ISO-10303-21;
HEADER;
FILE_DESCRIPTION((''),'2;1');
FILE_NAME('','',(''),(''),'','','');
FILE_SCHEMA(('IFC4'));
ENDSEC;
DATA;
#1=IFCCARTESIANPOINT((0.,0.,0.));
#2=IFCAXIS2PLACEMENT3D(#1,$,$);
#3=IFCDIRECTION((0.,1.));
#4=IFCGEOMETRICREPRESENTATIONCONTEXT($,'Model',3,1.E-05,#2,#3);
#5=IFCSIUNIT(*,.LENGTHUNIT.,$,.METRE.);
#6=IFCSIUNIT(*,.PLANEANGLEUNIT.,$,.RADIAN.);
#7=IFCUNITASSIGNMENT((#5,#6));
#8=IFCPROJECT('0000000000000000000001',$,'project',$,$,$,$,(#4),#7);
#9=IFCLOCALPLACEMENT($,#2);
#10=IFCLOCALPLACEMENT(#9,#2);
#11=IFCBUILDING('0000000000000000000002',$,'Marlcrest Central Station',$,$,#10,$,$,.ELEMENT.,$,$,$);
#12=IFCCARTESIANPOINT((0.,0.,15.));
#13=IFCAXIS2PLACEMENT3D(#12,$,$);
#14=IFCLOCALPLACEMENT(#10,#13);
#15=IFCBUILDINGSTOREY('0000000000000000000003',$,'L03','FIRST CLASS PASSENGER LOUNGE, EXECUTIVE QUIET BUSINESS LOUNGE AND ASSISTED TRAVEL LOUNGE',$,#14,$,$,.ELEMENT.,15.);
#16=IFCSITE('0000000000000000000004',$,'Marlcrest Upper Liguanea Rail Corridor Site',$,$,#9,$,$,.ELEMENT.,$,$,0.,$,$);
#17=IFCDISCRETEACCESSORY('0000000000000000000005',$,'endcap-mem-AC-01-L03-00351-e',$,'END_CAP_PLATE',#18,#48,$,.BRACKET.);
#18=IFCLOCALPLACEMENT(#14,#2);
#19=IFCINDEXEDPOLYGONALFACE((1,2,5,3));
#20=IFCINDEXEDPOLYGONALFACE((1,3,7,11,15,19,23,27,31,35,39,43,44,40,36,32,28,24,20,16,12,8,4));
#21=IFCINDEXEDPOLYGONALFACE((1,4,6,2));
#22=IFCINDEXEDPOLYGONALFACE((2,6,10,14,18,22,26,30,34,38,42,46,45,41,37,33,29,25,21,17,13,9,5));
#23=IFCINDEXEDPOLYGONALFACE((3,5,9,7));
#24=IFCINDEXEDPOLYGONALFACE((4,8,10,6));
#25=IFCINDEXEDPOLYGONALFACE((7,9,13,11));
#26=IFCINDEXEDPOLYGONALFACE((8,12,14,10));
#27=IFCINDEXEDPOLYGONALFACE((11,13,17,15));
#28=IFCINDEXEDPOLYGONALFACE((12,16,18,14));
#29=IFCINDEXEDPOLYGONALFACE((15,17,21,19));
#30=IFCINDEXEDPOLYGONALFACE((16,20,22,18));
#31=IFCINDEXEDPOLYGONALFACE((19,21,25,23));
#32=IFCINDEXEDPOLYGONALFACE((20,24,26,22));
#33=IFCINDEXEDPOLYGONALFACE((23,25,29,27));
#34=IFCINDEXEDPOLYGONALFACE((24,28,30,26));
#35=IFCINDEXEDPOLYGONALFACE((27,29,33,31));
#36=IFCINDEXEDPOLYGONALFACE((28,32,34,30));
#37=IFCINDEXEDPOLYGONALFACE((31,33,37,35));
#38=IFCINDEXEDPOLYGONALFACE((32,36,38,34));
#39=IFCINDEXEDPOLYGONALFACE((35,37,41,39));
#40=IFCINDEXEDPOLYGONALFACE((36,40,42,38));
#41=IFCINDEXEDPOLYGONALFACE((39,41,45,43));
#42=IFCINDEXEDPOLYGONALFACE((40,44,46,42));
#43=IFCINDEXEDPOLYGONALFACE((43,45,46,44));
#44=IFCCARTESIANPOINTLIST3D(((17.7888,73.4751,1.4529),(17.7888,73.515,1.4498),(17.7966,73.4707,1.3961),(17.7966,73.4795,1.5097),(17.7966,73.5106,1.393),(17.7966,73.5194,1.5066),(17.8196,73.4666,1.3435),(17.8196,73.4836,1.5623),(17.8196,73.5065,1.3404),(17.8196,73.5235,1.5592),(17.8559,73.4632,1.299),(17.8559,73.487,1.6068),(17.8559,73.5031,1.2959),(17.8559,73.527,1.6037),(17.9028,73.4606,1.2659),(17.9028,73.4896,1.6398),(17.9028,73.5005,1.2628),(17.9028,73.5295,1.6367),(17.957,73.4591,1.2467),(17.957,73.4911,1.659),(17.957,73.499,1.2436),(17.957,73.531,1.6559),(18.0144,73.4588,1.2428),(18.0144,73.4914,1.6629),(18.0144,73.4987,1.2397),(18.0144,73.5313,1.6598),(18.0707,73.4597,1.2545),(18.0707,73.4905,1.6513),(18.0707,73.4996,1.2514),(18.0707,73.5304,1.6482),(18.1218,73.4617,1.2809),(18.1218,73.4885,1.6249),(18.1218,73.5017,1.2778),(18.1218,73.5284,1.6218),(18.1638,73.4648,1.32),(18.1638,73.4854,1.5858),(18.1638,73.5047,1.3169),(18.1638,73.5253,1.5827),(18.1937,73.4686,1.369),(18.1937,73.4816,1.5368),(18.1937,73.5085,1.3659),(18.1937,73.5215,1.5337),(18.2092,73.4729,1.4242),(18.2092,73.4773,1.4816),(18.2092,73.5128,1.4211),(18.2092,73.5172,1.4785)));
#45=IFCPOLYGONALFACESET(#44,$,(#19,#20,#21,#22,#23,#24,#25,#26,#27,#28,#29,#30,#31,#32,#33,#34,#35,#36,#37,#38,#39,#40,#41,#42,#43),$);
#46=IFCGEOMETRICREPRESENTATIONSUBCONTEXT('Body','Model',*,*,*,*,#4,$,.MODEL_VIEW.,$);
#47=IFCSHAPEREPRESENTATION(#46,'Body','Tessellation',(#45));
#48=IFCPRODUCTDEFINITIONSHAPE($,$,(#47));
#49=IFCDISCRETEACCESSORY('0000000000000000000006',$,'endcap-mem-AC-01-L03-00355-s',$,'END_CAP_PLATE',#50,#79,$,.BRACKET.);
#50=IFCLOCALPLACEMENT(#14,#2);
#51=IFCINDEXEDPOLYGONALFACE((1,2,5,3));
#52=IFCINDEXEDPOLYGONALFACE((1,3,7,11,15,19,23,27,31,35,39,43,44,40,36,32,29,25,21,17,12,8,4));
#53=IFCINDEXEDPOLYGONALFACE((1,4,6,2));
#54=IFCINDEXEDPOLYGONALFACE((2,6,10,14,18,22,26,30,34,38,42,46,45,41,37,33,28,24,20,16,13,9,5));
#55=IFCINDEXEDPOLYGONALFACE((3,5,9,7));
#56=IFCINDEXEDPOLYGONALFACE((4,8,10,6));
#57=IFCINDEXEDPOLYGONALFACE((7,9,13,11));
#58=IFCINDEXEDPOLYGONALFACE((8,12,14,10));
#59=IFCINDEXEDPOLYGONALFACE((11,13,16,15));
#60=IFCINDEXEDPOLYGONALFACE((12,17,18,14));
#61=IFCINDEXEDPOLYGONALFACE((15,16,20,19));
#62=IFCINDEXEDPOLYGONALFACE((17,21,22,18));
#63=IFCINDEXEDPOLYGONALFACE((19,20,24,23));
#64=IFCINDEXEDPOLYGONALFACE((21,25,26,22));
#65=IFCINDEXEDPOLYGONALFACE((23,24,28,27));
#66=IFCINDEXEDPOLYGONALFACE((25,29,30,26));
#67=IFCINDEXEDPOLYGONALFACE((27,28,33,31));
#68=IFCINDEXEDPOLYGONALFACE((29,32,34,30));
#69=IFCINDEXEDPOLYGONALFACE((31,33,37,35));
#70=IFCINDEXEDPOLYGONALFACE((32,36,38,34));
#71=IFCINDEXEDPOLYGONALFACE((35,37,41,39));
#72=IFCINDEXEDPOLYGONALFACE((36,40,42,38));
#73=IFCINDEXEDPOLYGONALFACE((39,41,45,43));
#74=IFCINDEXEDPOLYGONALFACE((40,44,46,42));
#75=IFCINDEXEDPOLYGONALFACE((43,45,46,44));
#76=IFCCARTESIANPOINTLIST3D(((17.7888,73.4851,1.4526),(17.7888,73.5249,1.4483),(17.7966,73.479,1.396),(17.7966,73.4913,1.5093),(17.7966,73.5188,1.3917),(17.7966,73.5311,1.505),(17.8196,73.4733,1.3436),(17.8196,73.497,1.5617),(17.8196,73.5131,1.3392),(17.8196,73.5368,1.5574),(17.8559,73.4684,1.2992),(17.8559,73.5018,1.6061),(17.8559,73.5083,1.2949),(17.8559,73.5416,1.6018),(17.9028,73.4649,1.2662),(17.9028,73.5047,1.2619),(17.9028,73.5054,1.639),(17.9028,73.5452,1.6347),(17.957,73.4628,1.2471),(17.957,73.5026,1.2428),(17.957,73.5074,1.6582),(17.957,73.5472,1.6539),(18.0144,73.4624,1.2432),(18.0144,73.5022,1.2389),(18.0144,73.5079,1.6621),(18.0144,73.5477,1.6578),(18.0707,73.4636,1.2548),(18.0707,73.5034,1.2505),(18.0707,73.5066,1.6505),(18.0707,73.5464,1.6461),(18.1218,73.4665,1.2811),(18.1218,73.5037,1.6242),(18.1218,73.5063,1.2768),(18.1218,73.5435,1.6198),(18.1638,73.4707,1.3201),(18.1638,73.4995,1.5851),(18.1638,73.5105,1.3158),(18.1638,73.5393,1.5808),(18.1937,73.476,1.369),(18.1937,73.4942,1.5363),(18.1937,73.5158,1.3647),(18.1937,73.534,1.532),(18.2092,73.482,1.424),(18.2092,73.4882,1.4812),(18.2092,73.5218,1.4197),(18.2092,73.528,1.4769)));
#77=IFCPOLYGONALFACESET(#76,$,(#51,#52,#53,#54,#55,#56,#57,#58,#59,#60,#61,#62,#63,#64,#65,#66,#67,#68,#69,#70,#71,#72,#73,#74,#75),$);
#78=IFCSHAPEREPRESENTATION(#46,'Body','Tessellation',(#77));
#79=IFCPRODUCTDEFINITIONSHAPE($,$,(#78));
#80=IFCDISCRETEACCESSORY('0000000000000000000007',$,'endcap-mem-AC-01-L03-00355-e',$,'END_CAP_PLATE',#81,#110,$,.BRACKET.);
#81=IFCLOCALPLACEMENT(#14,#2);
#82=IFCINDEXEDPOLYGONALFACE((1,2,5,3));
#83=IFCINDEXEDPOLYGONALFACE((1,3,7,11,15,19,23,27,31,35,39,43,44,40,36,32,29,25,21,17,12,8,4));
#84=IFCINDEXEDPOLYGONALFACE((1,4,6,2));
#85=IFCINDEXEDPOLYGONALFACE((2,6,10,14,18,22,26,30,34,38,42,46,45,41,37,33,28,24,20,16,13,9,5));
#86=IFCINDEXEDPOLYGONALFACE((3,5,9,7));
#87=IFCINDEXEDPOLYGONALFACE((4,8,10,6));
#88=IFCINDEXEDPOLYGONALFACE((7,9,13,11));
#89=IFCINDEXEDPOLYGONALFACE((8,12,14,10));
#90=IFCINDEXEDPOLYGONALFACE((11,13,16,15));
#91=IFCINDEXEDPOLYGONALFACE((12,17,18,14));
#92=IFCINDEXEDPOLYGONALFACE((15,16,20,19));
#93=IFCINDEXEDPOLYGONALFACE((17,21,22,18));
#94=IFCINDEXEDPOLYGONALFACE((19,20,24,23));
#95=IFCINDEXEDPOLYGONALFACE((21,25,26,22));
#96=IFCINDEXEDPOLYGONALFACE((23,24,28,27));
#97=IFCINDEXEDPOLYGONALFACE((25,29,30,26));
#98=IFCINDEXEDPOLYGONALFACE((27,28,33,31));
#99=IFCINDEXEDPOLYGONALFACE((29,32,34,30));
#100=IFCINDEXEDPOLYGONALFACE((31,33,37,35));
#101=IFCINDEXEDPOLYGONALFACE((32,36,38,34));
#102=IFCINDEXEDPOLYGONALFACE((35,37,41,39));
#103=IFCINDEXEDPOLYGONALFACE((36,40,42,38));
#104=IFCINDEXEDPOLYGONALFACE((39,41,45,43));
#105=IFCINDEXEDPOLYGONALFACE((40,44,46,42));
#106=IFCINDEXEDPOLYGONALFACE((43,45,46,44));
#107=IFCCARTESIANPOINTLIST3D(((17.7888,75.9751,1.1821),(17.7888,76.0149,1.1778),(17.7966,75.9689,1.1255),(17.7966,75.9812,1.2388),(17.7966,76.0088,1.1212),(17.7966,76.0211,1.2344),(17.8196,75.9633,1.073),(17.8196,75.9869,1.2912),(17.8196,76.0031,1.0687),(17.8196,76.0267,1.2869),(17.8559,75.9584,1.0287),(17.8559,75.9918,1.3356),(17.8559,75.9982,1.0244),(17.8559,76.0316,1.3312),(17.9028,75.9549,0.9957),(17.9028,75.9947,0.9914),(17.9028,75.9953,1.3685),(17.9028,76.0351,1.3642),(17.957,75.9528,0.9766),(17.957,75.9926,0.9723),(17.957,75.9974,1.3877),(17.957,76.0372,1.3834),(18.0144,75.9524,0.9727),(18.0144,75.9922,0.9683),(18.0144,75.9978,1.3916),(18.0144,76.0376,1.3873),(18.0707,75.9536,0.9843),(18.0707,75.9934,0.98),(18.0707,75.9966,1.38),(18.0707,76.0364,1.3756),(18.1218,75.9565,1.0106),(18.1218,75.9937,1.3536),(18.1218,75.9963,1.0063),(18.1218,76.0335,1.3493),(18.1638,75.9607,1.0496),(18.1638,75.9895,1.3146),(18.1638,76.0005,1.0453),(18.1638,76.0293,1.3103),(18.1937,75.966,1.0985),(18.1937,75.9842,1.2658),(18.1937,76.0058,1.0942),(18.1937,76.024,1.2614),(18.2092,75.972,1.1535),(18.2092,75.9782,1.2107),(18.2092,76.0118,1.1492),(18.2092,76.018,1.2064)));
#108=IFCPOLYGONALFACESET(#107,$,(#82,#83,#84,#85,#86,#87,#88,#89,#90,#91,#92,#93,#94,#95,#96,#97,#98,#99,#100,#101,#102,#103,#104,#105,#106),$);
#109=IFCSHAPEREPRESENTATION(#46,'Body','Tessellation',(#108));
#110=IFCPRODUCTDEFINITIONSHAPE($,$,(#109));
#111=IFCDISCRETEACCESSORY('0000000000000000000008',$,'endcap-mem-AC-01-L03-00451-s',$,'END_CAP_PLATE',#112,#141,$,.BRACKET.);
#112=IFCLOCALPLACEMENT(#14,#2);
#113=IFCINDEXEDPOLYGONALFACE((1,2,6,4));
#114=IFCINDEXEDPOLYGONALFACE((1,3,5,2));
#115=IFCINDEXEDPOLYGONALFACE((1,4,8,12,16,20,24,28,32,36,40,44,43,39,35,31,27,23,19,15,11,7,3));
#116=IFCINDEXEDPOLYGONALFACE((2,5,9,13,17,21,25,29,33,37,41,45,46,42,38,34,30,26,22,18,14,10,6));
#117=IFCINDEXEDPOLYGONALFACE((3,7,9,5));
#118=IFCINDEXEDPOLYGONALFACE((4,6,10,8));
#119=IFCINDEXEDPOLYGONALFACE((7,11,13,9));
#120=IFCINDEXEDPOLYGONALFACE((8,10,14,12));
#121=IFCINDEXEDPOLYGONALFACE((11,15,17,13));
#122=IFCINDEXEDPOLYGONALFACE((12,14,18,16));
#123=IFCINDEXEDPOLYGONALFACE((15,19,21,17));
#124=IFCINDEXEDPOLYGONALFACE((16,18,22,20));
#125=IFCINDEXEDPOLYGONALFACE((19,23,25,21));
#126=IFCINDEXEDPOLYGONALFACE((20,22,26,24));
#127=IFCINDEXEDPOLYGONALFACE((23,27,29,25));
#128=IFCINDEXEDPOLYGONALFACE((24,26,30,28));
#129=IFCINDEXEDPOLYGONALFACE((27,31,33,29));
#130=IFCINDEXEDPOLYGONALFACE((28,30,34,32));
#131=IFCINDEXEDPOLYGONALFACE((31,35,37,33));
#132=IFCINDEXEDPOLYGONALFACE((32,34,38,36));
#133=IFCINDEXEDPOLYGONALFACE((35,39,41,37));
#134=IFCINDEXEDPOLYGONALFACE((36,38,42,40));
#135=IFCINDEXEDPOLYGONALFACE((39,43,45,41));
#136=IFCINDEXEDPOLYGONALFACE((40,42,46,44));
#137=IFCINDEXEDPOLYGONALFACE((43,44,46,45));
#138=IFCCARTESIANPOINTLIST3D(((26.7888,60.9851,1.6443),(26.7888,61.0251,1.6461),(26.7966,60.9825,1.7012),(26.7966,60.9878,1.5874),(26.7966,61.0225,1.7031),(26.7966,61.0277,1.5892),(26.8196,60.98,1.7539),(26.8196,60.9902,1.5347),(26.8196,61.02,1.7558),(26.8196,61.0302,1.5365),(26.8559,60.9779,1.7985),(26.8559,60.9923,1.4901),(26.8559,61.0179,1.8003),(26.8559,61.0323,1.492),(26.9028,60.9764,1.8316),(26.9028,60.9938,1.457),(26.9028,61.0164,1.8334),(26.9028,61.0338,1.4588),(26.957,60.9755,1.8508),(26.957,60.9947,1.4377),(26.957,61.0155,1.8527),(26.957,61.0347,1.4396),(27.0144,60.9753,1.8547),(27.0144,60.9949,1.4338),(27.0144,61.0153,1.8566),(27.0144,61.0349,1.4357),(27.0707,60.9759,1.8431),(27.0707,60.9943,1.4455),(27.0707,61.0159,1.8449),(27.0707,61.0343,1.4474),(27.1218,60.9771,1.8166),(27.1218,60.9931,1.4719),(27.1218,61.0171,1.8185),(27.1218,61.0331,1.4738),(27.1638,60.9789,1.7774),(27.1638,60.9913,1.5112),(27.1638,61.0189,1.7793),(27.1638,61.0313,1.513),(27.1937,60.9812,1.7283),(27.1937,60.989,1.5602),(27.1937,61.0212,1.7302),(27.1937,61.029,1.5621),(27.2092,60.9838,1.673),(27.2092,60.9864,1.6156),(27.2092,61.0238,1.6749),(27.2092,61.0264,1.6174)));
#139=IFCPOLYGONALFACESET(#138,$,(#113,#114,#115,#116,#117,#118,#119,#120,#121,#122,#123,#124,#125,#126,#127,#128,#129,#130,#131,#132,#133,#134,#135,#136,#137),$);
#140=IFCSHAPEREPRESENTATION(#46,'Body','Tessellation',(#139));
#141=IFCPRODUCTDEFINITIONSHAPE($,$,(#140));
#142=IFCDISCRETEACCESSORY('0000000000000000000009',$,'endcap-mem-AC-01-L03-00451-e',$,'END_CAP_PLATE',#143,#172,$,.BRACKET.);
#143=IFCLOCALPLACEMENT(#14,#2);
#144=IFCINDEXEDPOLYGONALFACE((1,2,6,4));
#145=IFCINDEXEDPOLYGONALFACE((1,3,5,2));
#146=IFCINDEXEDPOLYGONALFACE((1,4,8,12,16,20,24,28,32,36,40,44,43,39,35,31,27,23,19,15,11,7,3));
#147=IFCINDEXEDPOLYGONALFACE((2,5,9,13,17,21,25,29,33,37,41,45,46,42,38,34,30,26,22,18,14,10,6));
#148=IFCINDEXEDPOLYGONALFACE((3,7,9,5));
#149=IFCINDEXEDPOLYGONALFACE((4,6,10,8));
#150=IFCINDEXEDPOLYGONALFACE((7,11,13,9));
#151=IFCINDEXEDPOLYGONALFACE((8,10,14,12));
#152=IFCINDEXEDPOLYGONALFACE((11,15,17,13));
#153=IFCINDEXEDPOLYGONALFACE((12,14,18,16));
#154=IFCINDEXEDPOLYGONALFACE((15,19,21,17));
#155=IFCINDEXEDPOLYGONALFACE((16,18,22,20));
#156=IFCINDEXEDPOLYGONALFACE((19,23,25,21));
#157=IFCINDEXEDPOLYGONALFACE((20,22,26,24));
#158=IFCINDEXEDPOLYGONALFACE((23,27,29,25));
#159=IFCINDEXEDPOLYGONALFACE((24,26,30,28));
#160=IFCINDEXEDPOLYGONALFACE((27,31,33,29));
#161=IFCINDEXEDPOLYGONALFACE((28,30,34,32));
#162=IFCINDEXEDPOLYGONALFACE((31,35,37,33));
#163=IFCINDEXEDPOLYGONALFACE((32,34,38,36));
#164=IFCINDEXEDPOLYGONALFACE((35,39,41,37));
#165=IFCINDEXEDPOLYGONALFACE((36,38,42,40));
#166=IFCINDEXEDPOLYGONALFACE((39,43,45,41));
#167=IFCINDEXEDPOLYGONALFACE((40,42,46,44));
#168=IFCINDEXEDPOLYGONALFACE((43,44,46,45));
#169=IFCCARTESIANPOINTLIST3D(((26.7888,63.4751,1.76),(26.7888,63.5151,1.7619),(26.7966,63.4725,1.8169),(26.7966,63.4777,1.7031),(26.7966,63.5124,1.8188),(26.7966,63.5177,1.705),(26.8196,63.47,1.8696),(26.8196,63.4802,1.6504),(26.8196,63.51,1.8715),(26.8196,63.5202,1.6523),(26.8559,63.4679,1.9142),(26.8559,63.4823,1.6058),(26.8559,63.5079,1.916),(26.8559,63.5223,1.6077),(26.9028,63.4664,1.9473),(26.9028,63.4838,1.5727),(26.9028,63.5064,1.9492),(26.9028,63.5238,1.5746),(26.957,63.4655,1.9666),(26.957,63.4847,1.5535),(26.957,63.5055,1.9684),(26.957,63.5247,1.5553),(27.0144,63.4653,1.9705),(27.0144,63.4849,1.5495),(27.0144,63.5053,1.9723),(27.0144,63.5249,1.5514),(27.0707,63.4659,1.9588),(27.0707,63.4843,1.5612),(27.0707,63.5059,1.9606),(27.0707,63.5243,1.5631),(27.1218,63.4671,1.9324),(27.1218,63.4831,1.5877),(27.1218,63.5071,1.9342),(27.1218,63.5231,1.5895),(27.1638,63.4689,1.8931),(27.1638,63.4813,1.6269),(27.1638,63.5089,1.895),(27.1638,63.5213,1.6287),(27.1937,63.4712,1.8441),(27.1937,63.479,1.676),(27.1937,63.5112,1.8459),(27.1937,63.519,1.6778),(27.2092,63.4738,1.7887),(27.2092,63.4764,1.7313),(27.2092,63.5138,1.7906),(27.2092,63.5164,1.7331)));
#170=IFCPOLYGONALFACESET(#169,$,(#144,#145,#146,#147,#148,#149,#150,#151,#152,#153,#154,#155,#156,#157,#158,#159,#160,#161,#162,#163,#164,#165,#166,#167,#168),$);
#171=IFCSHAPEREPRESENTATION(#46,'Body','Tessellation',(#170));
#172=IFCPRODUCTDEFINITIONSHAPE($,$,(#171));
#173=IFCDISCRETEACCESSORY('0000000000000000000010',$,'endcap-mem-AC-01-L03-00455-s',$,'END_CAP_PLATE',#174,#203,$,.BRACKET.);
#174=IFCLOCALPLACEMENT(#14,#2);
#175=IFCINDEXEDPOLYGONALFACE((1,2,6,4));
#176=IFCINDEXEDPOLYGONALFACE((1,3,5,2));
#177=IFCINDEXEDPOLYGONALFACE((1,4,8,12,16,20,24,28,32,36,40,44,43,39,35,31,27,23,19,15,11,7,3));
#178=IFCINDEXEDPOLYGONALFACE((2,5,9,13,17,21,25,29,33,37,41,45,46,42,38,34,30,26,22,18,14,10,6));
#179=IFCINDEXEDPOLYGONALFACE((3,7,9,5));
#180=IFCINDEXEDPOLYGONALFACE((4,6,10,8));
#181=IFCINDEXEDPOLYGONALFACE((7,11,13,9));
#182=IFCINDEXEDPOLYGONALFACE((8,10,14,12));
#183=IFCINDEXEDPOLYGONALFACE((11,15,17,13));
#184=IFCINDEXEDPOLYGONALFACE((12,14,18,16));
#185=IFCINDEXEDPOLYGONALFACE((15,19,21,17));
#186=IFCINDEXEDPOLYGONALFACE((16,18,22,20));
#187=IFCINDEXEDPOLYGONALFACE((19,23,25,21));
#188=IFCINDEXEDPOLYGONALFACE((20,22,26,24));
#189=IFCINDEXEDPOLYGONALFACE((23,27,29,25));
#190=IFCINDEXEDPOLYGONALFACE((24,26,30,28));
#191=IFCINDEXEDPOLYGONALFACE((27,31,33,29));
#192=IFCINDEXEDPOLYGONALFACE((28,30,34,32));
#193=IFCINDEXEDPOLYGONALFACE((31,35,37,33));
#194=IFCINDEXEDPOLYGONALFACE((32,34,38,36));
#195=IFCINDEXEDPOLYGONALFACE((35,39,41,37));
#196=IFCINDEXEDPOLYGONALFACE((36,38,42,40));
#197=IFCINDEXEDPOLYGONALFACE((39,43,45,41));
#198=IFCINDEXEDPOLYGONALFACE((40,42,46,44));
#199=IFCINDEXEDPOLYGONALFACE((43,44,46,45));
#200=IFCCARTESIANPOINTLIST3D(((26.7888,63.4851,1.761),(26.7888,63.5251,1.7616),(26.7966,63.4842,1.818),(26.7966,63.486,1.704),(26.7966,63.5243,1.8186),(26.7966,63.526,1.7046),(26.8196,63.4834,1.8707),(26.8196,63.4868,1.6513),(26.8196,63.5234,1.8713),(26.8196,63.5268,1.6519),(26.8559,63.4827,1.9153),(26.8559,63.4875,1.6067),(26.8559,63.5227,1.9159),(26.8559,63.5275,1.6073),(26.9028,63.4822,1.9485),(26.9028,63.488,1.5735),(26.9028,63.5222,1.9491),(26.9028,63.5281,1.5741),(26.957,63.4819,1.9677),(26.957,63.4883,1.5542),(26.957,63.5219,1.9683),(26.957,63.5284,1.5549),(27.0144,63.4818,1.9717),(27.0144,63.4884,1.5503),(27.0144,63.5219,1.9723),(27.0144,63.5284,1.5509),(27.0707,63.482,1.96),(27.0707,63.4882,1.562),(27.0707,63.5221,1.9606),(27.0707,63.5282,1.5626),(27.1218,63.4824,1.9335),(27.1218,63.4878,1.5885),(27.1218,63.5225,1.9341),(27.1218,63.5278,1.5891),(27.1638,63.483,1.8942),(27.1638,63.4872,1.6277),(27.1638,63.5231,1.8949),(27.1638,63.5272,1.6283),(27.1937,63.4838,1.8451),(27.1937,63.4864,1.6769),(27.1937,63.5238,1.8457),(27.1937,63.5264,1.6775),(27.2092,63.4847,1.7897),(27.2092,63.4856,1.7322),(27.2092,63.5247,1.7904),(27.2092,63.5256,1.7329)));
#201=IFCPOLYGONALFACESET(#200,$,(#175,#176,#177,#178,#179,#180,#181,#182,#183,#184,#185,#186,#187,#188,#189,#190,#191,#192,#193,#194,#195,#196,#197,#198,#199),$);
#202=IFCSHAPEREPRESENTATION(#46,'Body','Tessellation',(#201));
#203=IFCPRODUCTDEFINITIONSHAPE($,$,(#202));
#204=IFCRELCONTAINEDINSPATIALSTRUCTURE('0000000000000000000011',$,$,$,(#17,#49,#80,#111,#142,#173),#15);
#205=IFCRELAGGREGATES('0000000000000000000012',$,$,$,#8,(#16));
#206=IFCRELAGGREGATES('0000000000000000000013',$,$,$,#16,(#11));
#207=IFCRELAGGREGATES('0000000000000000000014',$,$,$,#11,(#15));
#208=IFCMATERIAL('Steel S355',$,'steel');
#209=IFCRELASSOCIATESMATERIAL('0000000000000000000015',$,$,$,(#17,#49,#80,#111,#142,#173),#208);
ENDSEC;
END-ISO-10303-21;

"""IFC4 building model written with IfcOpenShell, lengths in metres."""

from ifc_helpers import new_model, si_unit, direction, frame, origin, origin_2d, place, context, subcontext, project, spatial, circle, extrude, material, element, save


model = new_model("IFC4")

# Units and contexts
model_context = context("Model", 3, precision=1e-05, world=origin(), true_north=direction((0.0, 1.0)))
body_context = subcontext(model_context, "Body", "Model", "MODEL_VIEW")
ifc_project = project(units=[si_unit("LENGTHUNIT", "METRE"), si_unit("PLANEANGLEUNIT", "RADIAN")], contexts=[model_context])

# Site, building, storey
site_placement = place(None, origin())
site = spatial("IfcSite", under=ifc_project, at=site_placement, Name="Marlcrest Upper Liguanea Rail Corridor Site", CompositionType="ELEMENT", RefElevation=0.0)
building_placement = place(site_placement, origin())
building = spatial("IfcBuilding", under=site, at=building_placement, Name="Marlcrest Central Station", CompositionType="ELEMENT")
storey_placement = place(building_placement, frame((0.0, 0.0, 15.0)))
storey = spatial("IfcBuildingStorey", under=building, at=storey_placement, Name="L03", Description="FIRST CLASS PASSENGER LOUNGE, EXECUTIVE QUIET BUSINESS LOUNGE AND ASSISTED TRAVEL LOUNGE", CompositionType="ELEMENT", Elevation=15.0)

# Shared definitions
ifc_material_1 = material(Name="Steel S355", Category="steel")

# Discrete accessories
for number, where, z_axis, x_axis, name in (
    (1, (18.0, 73.4751, 1.4529), (0.0, 0.997, -0.077404), (-1.0, 0.0, 0.0), "endcap-mem-AC-01-L03-00351-e"),
    (2, (18.0, 73.4851, 1.4526), (0.0, 0.994155, -0.107959), (-1.0, 0.0, 0.0), "endcap-mem-AC-01-L03-00355-s"),
    (3, (18.0, 75.9751, 1.1821), (0.0, 0.994155, -0.107959), (-1.0, 0.0, 0.0), "endcap-mem-AC-01-L03-00355-e"),
    (4, (27.0, 60.9851, 1.6443), (0.0, 0.998921, 0.046434), (-1.0, 0.0, 0.0), "endcap-mem-AC-01-L03-00451-s"),
    (5, (27.0, 63.4751, 1.76), (0.0, 0.998921, 0.046434), (-1.0, 0.0, 0.0), "endcap-mem-AC-01-L03-00451-e"),
    (6, (27.0, 63.4851, 1.761), (0.0, 0.999879, 0.015525), (-1.0, 0.0, 0.0), "endcap-mem-AC-01-L03-00455-s"),
):
    element("IfcDiscreteAccessory", number, at=place(storey_placement, frame(where, z_axis=z_axis, x_axis=x_axis)), inside=storey, material=ifc_material_1, Name=name, ObjectType="END_CAP_PLATE", PredefinedType="BRACKET", context=body_context, shape_type="SweptSolid", body=[
        extrude(circle(Radius=0.2112, at=origin_2d()), origin(), (0.0, 0.0, 1.0), 0.04),
    ])

save(model, "model.ifc")
